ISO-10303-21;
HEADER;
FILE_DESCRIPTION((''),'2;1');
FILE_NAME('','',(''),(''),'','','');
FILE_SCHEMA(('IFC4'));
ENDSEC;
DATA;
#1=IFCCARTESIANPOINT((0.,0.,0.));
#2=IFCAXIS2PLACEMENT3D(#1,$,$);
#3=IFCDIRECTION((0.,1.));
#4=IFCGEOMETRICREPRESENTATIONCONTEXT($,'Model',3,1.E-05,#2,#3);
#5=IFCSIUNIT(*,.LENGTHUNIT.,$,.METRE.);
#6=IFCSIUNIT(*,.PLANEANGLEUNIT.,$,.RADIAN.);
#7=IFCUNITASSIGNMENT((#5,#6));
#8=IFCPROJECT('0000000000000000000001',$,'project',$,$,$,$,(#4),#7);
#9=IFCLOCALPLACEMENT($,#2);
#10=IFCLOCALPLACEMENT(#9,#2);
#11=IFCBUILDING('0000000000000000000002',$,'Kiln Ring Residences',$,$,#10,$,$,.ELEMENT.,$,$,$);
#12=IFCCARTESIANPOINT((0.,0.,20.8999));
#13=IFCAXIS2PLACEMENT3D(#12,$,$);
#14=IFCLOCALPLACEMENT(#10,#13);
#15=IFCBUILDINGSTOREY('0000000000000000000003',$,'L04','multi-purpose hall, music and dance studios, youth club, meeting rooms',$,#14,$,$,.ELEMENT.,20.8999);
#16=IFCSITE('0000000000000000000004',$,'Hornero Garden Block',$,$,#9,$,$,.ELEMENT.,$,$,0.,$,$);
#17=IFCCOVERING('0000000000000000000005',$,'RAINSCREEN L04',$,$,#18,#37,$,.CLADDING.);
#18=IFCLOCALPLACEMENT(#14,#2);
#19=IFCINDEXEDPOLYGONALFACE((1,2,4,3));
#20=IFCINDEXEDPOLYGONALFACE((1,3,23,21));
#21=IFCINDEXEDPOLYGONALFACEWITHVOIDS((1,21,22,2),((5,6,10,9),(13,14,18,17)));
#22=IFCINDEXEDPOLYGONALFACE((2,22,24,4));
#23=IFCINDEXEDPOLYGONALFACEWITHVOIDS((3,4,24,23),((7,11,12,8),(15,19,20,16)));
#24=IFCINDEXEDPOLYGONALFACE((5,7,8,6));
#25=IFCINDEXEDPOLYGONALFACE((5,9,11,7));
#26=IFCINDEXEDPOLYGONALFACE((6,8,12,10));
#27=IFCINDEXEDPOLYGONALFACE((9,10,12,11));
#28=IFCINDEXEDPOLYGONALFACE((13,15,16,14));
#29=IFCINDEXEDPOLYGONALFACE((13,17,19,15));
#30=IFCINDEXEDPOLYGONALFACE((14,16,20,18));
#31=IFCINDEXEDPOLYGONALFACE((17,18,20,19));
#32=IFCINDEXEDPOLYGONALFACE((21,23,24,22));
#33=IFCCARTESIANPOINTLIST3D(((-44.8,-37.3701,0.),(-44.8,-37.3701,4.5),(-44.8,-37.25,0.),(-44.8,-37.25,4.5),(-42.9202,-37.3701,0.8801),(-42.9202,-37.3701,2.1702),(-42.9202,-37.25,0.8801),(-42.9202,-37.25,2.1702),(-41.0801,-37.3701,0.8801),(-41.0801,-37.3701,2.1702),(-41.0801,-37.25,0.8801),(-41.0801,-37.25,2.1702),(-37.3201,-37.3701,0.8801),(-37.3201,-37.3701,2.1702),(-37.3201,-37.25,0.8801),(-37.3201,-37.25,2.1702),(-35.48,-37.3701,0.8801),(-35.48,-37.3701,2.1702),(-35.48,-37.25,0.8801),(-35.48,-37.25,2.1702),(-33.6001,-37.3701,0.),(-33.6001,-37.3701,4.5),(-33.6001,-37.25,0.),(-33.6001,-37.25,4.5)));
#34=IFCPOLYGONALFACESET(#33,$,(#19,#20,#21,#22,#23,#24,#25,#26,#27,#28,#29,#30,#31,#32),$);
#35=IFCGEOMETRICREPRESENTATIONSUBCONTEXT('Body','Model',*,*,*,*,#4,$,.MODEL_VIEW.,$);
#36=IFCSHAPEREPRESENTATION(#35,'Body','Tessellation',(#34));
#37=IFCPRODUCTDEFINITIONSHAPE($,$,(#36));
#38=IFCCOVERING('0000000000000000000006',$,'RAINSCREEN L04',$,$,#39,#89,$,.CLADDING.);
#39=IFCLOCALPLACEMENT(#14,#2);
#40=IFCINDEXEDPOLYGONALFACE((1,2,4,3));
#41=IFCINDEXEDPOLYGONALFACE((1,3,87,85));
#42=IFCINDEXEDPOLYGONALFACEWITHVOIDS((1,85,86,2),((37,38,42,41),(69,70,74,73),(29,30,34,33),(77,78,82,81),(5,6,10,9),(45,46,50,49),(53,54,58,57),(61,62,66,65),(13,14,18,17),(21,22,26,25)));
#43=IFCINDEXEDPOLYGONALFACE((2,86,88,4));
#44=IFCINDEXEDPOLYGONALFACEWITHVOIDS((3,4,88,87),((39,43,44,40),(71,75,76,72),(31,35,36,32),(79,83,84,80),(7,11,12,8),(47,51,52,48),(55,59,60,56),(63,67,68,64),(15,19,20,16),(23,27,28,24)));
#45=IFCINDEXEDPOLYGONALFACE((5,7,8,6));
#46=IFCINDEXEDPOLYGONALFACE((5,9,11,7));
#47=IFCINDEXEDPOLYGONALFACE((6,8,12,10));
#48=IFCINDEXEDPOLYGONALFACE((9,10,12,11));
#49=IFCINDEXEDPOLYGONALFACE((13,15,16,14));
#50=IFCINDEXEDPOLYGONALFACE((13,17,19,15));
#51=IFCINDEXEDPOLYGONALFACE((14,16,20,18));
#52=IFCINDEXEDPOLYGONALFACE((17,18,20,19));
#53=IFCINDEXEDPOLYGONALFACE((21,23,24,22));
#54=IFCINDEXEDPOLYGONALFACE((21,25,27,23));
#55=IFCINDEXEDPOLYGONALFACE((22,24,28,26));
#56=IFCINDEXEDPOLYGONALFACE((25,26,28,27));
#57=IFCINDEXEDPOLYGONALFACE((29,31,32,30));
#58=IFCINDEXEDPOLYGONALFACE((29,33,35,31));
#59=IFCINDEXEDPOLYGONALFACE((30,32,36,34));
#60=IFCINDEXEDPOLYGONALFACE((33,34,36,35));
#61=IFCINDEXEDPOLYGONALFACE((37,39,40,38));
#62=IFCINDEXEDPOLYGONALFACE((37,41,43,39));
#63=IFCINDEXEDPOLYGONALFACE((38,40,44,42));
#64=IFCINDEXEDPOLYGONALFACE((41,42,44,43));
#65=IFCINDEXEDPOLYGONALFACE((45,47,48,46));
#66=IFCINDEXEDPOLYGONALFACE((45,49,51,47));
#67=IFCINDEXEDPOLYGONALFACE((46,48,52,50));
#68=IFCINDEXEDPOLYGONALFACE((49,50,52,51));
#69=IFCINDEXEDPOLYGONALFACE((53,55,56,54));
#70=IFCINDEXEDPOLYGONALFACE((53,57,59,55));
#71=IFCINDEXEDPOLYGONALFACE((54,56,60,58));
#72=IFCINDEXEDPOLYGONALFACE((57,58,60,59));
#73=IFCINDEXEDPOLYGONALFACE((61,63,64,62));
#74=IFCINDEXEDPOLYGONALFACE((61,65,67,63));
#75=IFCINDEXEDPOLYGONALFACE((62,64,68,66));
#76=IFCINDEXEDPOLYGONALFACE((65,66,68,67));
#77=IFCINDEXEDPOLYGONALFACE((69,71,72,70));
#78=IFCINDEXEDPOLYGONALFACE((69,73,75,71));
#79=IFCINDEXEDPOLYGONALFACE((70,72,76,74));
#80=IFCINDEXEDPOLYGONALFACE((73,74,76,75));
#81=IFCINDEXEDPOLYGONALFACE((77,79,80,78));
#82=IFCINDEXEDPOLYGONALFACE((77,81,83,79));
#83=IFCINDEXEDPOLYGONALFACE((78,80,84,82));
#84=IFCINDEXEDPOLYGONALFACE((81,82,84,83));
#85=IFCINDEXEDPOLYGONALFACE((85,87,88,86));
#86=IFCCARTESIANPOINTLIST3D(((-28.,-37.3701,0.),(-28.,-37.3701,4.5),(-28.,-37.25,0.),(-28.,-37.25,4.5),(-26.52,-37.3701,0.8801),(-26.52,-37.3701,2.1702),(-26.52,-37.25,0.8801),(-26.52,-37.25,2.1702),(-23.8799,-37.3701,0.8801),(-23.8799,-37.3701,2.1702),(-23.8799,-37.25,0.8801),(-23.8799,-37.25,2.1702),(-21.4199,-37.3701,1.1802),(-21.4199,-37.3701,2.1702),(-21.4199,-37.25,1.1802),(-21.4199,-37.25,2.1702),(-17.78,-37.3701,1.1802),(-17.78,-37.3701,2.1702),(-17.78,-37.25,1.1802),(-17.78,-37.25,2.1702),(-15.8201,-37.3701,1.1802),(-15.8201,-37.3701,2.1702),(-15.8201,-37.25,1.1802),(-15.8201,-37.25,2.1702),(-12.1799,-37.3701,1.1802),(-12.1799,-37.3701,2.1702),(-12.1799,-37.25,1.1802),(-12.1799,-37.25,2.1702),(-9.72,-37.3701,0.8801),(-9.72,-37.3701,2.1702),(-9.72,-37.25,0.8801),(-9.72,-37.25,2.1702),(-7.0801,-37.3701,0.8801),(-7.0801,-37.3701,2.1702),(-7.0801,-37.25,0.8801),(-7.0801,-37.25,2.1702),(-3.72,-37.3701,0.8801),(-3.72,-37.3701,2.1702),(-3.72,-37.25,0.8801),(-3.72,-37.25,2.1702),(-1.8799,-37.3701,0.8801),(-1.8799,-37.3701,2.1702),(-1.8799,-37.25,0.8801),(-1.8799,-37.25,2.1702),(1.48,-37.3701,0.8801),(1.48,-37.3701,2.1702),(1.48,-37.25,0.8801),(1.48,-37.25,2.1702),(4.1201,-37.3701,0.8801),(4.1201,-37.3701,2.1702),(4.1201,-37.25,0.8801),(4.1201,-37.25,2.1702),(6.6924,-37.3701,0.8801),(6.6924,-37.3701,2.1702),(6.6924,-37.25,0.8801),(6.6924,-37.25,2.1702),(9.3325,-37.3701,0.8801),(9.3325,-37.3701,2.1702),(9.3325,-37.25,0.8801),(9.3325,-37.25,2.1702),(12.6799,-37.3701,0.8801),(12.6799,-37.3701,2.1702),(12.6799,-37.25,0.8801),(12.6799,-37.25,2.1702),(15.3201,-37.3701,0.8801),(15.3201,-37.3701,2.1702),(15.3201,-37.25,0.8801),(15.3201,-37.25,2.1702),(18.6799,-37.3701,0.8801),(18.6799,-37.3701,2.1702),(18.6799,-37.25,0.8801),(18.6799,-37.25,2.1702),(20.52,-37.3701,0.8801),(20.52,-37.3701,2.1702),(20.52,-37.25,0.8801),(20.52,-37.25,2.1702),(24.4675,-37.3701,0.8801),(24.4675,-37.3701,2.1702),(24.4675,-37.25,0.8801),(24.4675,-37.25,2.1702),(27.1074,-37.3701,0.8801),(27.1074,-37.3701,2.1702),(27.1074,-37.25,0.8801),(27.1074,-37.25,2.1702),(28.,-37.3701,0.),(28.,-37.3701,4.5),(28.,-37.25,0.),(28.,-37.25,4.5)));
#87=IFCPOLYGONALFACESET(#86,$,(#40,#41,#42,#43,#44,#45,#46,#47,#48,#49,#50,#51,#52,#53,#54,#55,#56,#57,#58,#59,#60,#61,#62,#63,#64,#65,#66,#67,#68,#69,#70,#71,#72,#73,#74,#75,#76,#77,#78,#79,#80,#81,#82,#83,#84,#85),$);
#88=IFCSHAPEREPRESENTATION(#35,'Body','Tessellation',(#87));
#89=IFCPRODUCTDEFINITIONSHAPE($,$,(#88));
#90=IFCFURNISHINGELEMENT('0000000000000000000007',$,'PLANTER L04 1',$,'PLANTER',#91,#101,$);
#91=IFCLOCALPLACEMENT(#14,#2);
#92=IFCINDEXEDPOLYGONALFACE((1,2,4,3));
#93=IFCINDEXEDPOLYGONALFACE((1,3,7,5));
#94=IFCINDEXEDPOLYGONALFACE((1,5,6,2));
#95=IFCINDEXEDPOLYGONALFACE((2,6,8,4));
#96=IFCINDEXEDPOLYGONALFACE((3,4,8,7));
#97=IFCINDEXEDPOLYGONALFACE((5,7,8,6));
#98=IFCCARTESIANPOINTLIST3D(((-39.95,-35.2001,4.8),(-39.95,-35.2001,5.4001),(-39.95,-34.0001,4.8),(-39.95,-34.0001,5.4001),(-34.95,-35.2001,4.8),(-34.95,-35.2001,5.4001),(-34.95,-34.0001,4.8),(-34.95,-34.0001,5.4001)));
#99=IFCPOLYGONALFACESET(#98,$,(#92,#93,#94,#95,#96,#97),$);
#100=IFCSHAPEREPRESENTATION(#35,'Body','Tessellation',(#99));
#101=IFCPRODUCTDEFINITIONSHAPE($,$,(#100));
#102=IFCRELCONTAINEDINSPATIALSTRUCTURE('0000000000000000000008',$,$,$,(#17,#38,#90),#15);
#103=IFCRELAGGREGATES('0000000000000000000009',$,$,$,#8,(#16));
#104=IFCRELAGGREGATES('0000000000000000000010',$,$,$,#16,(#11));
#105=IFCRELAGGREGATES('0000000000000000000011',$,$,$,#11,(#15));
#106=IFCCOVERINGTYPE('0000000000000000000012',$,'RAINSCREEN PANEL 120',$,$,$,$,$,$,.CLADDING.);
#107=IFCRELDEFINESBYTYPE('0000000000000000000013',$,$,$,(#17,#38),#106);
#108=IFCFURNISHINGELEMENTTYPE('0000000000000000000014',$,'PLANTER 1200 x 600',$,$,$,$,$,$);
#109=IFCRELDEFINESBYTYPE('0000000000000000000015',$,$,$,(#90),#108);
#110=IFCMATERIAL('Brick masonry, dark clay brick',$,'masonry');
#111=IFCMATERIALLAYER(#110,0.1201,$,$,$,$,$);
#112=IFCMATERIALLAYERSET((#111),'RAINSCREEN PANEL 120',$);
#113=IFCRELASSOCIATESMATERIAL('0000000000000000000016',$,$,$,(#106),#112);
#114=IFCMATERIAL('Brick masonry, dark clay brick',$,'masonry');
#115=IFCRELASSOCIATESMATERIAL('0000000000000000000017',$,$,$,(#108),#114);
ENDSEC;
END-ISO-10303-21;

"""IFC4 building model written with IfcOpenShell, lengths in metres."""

from ifc_helpers import new_model, si_unit, direction, frame, origin, origin_2d, place, context, subcontext, project, spatial, polyline, rectangle, outline, extrude, material, layer, layer_set, type_object, element, save


model = new_model("IFC4")

# Units and contexts
model_context = context("Model", 3, precision=1e-05, world=origin(), true_north=direction((0.0, 1.0)))
body_context = subcontext(model_context, "Body", "Model", "MODEL_VIEW")
ifc_project = project(units=[si_unit("LENGTHUNIT", "METRE"), si_unit("PLANEANGLEUNIT", "RADIAN")], contexts=[model_context])

# Site, building, storey
site_placement = place(None, origin())
site = spatial("IfcSite", under=ifc_project, at=site_placement, Name="Hornero Garden Block", CompositionType="ELEMENT", RefElevation=0.0)
building_placement = place(site_placement, origin())
building = spatial("IfcBuilding", under=site, at=building_placement, Name="Kiln Ring Residences", CompositionType="ELEMENT")
storey_placement = place(building_placement, frame((0.0, 0.0, 20.8999)))
storey = spatial("IfcBuildingStorey", under=building, at=storey_placement, Name="L04", Description="multi-purpose hall, music and dance studios, youth club, meeting rooms", CompositionType="ELEMENT", Elevation=20.8999)

# Coverings
ifc_material_1 = material(Name="Brick masonry, dark clay brick", Category="masonry")
ifc_layer_1 = layer(ifc_material_1, 0.1201)
ifc_layer_set_1 = layer_set([ifc_layer_1], Name="RAINSCREEN PANEL 120")
covering_type = type_object("IfcCoveringType", Name="RAINSCREEN PANEL 120", PredefinedType="CLADDING", material=ifc_layer_set_1)
covering_1_placement = place(storey_placement, frame((-44.8, -37.3101, 0.0), z_axis=(0.0, 0.0, 1.0), x_axis=(1.0, 0.0, 0.0)))
element("IfcCovering", 1, at=covering_1_placement, inside=storey, type_object=covering_type, Name="RAINSCREEN L04", PredefinedType="CLADDING", context=body_context, shape_type="SweptSolid", body=[
    extrude(outline(polyline([(0.0, 0.0), (11.2, 0.0), (11.2, 4.5), (0.0, 4.5), (0.0, 0.0)]), holes=[polyline([(3.72, 2.1702), (1.8799, 2.1702), (1.8799, 0.8801), (3.72, 0.8801), (3.72, 2.1702)]), polyline([(9.3201, 2.1702), (7.48, 2.1702), (7.48, 0.8801), (9.3201, 0.8801), (9.3201, 2.1702)])]), frame((0.0, 0.0601, 0.0), z_axis=(0.0, -1.0, 0.0), x_axis=(1.0, 0.0, 0.0)), (0.0, 0.0, 1.0), 0.1201),
])
covering_2_placement = place(storey_placement, frame((-28.0, -37.3101, 0.0), z_axis=(0.0, 0.0, 1.0), x_axis=(1.0, 0.0, 0.0)))
element("IfcCovering", 2, at=covering_2_placement, inside=storey, type_object=covering_type, Name="RAINSCREEN L04", PredefinedType="CLADDING", context=body_context, shape_type="SweptSolid", body=[
    extrude(outline(polyline([(0.0, 0.0), (56.0, 0.0), (56.0, 4.5), (0.0, 4.5), (0.0, 0.0)]), holes=[polyline([(1.48, 0.8801), (4.1201, 0.8801), (4.1201, 2.1702), (1.48, 2.1702), (1.48, 0.8801)]), polyline([(18.28, 0.8801), (20.9199, 0.8801), (20.9199, 2.1702), (18.28, 2.1702), (18.28, 0.8801)]), polyline([(24.28, 0.8801), (26.1201, 0.8801), (26.1201, 2.1702), (24.28, 2.1702), (24.28, 0.8801)]), polyline([(29.48, 2.1702), (29.48, 0.8801), (32.1201, 0.8801), (32.1201, 2.1702), (29.48, 2.1702)]), polyline([(34.6924, 2.1702), (34.6924, 0.8801), (37.3325, 0.8801), (37.3325, 2.1702), (34.6924, 2.1702)]), polyline([(40.6799, 0.8801), (43.3201, 0.8801), (43.3201, 2.1702), (40.6799, 2.1702), (40.6799, 0.8801)]), polyline([(46.6799, 0.8801), (48.52, 0.8801), (48.52, 2.1702), (46.6799, 2.1702), (46.6799, 0.8801)]), polyline([(52.4675, 0.8801), (55.1074, 0.8801), (55.1074, 2.1702), (52.4675, 2.1702), (52.4675, 0.8801)]), polyline([(6.5801, 2.1702), (6.5801, 1.1802), (10.22, 1.1802), (10.22, 2.1702), (6.5801, 2.1702)]), polyline([(12.1799, 2.1702), (12.1799, 1.1802), (15.8201, 1.1802), (15.8201, 2.1702), (12.1799, 2.1702)])]), frame((0.0, 0.0601, 0.0), z_axis=(0.0, -1.0, 0.0), x_axis=(1.0, 0.0, 0.0)), (0.0, 0.0, 1.0), 0.1201),
])

# Furnishing element
ifc_material_2 = material(Name="Brick masonry, dark clay brick", Category="masonry")
furnishing_element_type = type_object("IfcFurnishingElementType", Name="PLANTER 1200 x 600", material=ifc_material_2)
furnishing_placement = place(storey_placement, frame((-37.45, -34.6001, 4.8), z_axis=(0.0, 0.0, 1.0), x_axis=(1.0, 0.0, 0.0)))
element("IfcFurnishingElement", 3, at=furnishing_placement, inside=storey, type_object=furnishing_element_type, Name="PLANTER L04 1", ObjectType="PLANTER", context=body_context, shape_type="SweptSolid", body=[
    extrude(rectangle(XDim=5.0, YDim=1.2, at=origin_2d()), origin(), (0.0, 0.0, 1.0), 0.6001),
])

save(model, "model.ifc")
